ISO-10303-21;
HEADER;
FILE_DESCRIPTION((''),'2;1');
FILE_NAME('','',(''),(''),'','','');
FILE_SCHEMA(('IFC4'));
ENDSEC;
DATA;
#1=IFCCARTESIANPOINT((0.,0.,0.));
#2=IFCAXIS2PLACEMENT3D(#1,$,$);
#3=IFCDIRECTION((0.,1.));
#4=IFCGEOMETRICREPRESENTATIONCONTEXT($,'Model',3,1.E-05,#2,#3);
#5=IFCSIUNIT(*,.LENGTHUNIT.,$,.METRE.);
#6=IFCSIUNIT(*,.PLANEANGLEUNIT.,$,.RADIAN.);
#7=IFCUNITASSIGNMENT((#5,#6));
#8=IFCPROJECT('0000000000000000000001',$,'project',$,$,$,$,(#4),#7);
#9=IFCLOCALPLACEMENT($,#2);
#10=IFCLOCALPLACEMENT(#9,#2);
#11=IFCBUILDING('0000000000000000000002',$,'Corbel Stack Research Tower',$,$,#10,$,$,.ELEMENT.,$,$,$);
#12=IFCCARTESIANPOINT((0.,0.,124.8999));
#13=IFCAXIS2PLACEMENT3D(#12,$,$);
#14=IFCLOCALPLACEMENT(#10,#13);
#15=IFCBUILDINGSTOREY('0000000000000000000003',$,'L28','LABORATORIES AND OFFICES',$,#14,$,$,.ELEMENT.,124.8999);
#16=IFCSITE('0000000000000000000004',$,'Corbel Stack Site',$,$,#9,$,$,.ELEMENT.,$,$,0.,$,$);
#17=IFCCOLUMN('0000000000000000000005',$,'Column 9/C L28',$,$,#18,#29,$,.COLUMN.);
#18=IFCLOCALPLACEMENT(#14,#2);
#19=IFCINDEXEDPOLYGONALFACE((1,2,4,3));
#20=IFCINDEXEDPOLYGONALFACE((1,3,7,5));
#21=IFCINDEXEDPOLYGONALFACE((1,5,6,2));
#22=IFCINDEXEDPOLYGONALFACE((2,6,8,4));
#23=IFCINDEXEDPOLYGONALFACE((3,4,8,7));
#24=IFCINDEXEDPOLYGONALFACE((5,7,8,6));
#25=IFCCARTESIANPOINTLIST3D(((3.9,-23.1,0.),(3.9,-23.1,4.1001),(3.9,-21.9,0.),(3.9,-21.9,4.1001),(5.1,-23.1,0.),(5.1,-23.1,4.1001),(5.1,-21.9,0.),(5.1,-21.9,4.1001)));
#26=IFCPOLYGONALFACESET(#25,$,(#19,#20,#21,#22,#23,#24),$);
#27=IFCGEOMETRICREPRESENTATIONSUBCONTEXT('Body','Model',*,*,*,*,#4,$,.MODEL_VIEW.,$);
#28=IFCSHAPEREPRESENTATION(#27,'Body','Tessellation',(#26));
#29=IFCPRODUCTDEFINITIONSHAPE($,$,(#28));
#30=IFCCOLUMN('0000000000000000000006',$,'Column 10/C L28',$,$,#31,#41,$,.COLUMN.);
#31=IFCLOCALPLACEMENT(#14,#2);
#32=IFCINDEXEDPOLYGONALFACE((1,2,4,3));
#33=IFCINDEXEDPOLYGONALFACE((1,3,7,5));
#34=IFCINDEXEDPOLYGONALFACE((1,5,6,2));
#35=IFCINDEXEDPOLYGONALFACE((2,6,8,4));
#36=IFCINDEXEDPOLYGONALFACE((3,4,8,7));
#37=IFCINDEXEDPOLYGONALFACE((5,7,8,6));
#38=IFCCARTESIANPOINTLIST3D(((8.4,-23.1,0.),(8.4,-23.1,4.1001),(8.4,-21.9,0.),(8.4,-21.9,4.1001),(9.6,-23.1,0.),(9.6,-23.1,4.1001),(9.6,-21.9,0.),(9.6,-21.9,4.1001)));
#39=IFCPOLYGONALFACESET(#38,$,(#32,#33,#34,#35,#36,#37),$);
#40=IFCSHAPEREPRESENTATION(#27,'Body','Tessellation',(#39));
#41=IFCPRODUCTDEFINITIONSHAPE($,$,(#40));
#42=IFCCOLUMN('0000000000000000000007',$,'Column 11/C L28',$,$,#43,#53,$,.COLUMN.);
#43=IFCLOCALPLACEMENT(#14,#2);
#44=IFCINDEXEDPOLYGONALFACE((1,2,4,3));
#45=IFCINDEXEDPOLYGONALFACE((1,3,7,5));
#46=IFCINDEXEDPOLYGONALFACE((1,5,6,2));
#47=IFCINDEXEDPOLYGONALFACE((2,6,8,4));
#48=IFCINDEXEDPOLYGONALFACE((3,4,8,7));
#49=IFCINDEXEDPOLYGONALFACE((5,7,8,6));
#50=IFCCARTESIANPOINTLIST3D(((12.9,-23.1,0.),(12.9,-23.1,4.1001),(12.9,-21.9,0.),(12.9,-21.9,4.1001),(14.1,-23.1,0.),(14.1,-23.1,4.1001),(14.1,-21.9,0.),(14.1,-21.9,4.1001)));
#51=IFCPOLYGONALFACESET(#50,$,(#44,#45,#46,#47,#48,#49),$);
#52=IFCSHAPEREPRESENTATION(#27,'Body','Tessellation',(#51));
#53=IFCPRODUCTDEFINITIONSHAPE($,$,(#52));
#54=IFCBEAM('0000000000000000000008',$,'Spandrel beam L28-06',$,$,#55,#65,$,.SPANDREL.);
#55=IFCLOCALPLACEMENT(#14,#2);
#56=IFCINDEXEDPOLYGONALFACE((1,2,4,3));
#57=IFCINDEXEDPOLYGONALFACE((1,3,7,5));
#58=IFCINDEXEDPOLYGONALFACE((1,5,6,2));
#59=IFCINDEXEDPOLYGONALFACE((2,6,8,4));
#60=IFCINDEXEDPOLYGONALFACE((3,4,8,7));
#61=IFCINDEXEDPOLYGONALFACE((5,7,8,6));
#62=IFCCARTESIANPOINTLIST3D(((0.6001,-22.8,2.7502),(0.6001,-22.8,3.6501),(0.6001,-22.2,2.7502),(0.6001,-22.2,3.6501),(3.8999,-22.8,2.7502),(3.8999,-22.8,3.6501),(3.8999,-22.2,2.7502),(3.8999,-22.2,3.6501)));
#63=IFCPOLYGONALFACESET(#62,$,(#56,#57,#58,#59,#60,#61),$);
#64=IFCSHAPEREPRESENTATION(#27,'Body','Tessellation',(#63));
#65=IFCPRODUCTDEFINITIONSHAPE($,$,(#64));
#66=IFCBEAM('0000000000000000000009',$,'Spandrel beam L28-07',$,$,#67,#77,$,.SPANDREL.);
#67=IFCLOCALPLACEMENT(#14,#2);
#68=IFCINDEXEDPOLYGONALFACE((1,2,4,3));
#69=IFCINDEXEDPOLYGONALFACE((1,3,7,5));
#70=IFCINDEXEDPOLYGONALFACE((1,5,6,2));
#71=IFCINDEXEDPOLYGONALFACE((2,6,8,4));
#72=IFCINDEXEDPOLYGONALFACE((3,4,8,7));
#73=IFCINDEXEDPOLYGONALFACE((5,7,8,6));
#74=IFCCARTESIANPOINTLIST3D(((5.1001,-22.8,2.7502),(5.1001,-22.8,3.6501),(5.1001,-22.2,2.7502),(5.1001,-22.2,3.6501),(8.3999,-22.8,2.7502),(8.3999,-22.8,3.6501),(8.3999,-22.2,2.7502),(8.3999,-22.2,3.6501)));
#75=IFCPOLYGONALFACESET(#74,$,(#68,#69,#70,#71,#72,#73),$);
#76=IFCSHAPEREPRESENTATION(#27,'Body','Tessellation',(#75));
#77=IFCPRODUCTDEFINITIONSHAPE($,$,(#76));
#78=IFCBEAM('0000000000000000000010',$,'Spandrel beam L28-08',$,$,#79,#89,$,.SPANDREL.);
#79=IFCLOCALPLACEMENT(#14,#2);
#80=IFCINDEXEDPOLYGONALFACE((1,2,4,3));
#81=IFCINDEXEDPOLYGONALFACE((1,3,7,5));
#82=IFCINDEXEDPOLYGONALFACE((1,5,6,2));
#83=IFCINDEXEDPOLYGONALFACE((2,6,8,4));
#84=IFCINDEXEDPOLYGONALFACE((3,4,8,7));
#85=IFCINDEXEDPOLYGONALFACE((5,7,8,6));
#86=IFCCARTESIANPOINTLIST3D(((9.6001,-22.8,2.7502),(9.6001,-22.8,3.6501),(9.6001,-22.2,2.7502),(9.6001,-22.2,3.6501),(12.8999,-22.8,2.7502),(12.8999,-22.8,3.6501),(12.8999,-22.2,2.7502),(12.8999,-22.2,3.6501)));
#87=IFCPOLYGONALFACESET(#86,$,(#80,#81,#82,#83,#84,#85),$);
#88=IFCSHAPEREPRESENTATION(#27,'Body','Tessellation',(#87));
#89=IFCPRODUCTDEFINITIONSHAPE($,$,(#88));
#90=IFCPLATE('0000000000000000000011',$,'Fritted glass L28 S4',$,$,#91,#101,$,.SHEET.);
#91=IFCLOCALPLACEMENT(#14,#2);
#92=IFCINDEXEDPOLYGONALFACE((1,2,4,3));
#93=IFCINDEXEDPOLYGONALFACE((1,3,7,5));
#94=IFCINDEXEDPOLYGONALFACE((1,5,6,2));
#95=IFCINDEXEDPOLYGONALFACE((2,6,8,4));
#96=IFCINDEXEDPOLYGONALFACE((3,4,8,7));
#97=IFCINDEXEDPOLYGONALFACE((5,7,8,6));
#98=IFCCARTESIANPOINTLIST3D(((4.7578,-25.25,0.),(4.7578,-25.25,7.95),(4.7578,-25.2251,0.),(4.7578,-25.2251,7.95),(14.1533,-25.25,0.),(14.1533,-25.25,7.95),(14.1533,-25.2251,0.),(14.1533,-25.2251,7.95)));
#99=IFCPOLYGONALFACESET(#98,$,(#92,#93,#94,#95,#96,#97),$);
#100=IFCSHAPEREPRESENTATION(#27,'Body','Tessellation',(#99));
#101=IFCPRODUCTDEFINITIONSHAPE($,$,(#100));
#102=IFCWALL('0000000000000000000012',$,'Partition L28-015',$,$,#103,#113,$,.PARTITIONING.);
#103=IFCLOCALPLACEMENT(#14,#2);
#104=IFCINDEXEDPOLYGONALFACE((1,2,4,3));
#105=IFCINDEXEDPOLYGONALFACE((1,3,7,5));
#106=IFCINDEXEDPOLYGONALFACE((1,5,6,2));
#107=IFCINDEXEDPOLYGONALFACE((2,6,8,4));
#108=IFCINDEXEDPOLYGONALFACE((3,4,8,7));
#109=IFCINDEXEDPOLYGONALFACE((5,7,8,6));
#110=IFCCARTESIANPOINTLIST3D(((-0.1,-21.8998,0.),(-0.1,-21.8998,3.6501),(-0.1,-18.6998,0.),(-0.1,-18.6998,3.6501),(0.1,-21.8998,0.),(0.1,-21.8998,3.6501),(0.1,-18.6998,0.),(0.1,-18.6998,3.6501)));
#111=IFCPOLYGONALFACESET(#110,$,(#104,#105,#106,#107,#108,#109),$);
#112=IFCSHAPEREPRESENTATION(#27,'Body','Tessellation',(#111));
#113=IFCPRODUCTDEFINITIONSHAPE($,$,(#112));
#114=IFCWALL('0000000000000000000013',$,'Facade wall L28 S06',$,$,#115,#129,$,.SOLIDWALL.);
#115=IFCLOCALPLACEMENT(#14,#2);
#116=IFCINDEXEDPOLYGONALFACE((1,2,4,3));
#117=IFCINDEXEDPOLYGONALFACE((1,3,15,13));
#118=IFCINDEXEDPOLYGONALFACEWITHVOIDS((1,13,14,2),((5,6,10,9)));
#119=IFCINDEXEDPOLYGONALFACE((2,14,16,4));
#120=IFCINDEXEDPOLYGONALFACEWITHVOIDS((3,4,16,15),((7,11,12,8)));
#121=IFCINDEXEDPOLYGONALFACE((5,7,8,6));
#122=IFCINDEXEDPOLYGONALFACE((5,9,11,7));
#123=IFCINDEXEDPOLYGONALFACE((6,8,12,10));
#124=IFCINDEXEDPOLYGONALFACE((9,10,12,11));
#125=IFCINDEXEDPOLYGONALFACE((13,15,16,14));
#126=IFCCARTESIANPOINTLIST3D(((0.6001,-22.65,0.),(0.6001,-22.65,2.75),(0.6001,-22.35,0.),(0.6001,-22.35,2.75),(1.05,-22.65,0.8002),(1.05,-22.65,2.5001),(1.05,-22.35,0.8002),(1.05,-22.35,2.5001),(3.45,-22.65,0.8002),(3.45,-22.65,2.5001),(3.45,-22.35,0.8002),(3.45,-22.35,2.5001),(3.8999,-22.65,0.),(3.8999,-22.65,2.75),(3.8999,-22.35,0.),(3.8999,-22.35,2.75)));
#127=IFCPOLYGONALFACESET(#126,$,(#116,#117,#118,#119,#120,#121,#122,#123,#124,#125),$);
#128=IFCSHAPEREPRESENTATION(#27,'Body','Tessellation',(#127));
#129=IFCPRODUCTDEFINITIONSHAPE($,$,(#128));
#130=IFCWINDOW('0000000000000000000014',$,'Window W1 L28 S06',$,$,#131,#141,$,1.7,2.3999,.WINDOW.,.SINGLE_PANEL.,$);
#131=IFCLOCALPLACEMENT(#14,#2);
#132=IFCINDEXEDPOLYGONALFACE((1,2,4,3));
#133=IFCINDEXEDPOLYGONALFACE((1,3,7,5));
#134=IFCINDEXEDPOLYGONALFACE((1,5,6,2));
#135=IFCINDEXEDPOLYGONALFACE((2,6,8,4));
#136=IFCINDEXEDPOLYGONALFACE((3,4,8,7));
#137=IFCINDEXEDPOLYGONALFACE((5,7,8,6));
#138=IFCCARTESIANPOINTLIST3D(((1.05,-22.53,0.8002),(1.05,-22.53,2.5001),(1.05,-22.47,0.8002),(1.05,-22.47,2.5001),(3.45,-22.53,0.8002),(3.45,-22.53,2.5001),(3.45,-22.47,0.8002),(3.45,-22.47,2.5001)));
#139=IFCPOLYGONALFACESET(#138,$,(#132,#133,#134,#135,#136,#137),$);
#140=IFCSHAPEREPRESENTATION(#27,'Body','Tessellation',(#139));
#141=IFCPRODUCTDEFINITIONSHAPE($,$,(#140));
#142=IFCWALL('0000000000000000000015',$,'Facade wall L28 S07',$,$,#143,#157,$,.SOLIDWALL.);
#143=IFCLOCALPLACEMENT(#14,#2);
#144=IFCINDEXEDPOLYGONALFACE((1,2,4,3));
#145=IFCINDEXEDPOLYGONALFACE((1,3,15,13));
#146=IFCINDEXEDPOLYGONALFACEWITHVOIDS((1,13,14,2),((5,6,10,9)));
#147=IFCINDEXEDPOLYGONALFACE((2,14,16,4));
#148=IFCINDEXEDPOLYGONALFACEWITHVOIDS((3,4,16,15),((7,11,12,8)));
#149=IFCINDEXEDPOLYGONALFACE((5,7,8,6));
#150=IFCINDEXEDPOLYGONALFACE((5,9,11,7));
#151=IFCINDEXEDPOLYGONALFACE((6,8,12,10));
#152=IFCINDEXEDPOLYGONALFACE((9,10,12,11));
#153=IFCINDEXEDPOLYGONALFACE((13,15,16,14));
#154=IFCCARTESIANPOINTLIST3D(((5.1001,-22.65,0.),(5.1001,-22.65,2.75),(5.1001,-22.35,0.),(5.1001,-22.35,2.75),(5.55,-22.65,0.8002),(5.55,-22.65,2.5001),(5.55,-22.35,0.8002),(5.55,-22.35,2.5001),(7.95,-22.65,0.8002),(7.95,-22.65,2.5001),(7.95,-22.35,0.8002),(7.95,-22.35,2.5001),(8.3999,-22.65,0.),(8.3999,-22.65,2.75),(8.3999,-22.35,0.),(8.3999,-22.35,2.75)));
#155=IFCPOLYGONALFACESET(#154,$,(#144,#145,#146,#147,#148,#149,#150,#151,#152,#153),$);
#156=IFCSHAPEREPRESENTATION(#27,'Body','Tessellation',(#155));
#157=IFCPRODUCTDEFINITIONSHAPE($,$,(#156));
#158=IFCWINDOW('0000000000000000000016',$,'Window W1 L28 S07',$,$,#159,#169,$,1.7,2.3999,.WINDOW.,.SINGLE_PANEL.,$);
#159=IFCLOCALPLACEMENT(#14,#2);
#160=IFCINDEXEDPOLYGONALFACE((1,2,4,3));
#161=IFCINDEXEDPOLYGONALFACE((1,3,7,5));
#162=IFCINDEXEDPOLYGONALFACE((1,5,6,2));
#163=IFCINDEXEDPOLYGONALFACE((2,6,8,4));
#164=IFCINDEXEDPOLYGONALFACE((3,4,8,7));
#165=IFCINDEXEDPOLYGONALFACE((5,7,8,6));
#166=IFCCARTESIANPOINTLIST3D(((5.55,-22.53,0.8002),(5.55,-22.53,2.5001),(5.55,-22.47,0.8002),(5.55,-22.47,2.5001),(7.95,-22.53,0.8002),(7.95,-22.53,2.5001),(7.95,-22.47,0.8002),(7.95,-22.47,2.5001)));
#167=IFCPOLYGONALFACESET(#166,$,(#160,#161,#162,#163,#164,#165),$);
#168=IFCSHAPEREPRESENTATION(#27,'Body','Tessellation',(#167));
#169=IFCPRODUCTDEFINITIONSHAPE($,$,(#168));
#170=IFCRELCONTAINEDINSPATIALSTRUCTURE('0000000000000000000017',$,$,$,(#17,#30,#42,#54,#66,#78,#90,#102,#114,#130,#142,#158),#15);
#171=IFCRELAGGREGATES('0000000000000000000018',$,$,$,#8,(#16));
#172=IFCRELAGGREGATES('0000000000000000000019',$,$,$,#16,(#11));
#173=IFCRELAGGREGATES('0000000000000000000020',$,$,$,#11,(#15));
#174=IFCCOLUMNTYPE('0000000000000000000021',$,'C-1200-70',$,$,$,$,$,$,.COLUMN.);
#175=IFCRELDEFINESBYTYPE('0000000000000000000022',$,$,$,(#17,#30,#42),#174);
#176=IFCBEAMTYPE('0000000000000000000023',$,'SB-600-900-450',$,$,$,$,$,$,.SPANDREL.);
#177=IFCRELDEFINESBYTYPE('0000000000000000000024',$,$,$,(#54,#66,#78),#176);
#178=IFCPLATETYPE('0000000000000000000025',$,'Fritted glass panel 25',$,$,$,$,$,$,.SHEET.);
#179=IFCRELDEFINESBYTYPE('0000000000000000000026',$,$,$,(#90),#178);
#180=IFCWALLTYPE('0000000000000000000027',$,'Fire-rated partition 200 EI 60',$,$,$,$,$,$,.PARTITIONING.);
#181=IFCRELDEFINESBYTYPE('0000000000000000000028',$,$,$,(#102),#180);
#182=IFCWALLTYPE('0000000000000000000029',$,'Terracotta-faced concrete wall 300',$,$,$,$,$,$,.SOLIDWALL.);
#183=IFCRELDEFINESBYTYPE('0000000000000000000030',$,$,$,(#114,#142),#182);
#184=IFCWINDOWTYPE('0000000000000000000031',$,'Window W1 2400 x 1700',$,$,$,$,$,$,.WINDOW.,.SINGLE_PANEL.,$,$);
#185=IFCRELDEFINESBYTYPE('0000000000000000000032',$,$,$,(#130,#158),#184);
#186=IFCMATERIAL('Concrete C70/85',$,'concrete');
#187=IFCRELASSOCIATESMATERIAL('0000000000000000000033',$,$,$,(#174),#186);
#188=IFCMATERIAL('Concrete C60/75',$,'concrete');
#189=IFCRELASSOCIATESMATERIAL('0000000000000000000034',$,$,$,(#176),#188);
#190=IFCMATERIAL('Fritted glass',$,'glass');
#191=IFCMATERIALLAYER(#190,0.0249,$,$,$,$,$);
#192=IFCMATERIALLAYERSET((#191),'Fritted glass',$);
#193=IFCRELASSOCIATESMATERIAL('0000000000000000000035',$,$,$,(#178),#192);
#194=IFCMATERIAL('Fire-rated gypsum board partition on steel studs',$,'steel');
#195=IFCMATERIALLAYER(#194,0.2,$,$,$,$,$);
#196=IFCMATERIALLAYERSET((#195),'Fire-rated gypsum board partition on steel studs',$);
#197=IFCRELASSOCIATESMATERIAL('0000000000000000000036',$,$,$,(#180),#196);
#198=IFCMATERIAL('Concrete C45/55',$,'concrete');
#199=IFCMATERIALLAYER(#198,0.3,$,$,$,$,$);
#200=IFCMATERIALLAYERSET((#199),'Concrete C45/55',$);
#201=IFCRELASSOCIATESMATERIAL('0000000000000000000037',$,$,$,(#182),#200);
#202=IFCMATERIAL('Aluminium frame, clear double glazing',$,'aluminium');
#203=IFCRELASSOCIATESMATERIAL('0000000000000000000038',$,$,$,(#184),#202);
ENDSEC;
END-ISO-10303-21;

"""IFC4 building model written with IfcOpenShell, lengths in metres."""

from ifc_helpers import new_model, si_unit, direction, frame, frame_2d, origin, origin_2d, place, context, subcontext, project, spatial, rectangle, extrude, material, layer, layer_set, material_profile, profile_set, type_object, element, fill, save


model = new_model("IFC4")

# Units and contexts
model_context = context("Model", 3, precision=1e-05, world=origin(), true_north=direction((0.0, 1.0)))
body_context = subcontext(model_context, "Body", "Model", "MODEL_VIEW")
ifc_project = project(units=[si_unit("LENGTHUNIT", "METRE"), si_unit("PLANEANGLEUNIT", "RADIAN")], contexts=[model_context])

# Site, building, storey
site_placement = place(None, origin())
site = spatial("IfcSite", under=ifc_project, at=site_placement, Name="Corbel Stack Site", CompositionType="ELEMENT", RefElevation=0.0)
building_placement = place(site_placement, origin())
building = spatial("IfcBuilding", under=site, at=building_placement, Name="Corbel Stack Research Tower", CompositionType="ELEMENT")
storey_placement = place(building_placement, frame((0.0, 0.0, 124.8999)))
storey = spatial("IfcBuildingStorey", under=building, at=storey_placement, Name="L28", Description="LABORATORIES AND OFFICES", CompositionType="ELEMENT", Elevation=124.8999)

# Columns
ifc_material_1 = material(Name="Concrete C70/85", Category="concrete")
ifc_material_profile_1 = material_profile(ifc_material_1, rectangle(XDim=1.2, YDim=1.2, at=origin_2d()), Name="RC 1200 x 1200")
ifc_profile_set_1 = profile_set([ifc_material_profile_1], Name="Concrete C70/85")
column_type = type_object("IfcColumnType", Name="C-1200-70", PredefinedType="COLUMN", material=ifc_profile_set_1)
for number, where, z_axis, x_axis, name in (
    (1, (4.5, -22.5, 0.0), (0.0, 0.0, 1.0), (1.0, 0.0, 0.0), "Column 9/C L28"),
    (2, (9.0, -22.5, 0.0), (0.0, 0.0, 1.0), (1.0, 0.0, 0.0), "Column 10/C L28"),
    (3, (13.5, -22.5, 0.0), (0.0, 0.0, 1.0), (1.0, 0.0, 0.0), "Column 11/C L28"),
):
    element("IfcColumn", number, at=place(storey_placement, frame(where, z_axis=z_axis, x_axis=x_axis)), inside=storey, type_object=column_type, Name=name, PredefinedType="COLUMN", context=body_context, shape_type="SweptSolid", body=[
        extrude(rectangle(XDim=1.2, YDim=1.2, at=origin_2d()), origin(), (0.0, 0.0, 1.0), 4.1001),
    ])

# Beams
ifc_material_2 = material(Name="Concrete C60/75", Category="concrete")
ifc_material_profile_2 = material_profile(ifc_material_2, rectangle(XDim=0.6001, YDim=0.8999, at=origin_2d()), Name="RC 600 x 900")
ifc_profile_set_2 = profile_set([ifc_material_profile_2], Name="Concrete C60/75")
beam_type = type_object("IfcBeamType", Name="SB-600-900-450", PredefinedType="SPANDREL", material=ifc_profile_set_2)
for number, where, z_axis, x_axis, name in (
    (4, (0.6001, -22.5, 3.2002), (1.0, 0.0, 0.0), (0.0, 1.0, 0.0), "Spandrel beam L28-06"),
    (5, (5.1001, -22.5, 3.2002), (1.0, 0.0, 0.0), (0.0, 1.0, 0.0), "Spandrel beam L28-07"),
    (6, (9.6001, -22.5, 3.2002), (1.0, 0.0, 0.0), (0.0, 1.0, 0.0), "Spandrel beam L28-08"),
):
    element("IfcBeam", number, at=place(storey_placement, frame(where, z_axis=z_axis, x_axis=x_axis)), inside=storey, type_object=beam_type, Name=name, PredefinedType="SPANDREL", context=body_context, shape_type="SweptSolid", body=[
        extrude(rectangle(XDim=0.6001, YDim=0.8999, at=origin_2d()), origin(), (0.0, 0.0, 1.0), 3.2998),
    ])

# Plate
ifc_material_3 = material(Name="Fritted glass", Category="glass")
ifc_layer_1 = layer(ifc_material_3, 0.0249)
ifc_layer_set_1 = layer_set([ifc_layer_1], Name="Fritted glass")
plate_type = type_object("IfcPlateType", Name="Fritted glass panel 25", PredefinedType="SHEET", material=ifc_layer_set_1)
plate_placement = place(storey_placement, frame((9.4556, -25.2375, 0.0), z_axis=(0.0, 0.0, 1.0), x_axis=(1.0, 0.0, 0.0)))
element("IfcPlate", 7, at=plate_placement, inside=storey, type_object=plate_type, Name="Fritted glass L28 S4", PredefinedType="SHEET", context=body_context, shape_type="SweptSolid", body=[
    extrude(rectangle(XDim=9.3955, YDim=0.0249, at=origin_2d()), origin(), (0.0, 0.0, 1.0), 7.95),
])

# Wall
ifc_material_4 = material(Name="Fire-rated gypsum board partition on steel studs", Category="steel")
ifc_layer_2 = layer(ifc_material_4, 0.2)
ifc_layer_set_2 = layer_set([ifc_layer_2], Name="Fire-rated gypsum board partition on steel studs")
wall_type_1 = type_object("IfcWallType", Name="Fire-rated partition 200 EI 60", PredefinedType="PARTITIONING", material=ifc_layer_set_2)
wall_1_placement = place(storey_placement, frame((0.0, -21.8999, 0.0), z_axis=(0.0, 0.0, 1.0), x_axis=(0.0, 1.0, 0.0)))
element("IfcWall", 8, at=wall_1_placement, inside=storey, type_object=wall_type_1, Name="Partition L28-015", PredefinedType="PARTITIONING", context=body_context, shape_type="SweptSolid", body=[
    extrude(rectangle(XDim=3.2, YDim=0.2, at=frame_2d((1.6001, 0.0))), origin(), (0.0, 0.0, 1.0), 3.6501),
])

# Walls, openings, windows
ifc_material_5 = material(Name="Concrete C45/55", Category="concrete")
ifc_layer_3 = layer(ifc_material_5, 0.3)
ifc_layer_set_3 = layer_set([ifc_layer_3], Name="Concrete C45/55")
wall_type_2 = type_object("IfcWallType", Name="Terracotta-faced concrete wall 300", PredefinedType="SOLIDWALL", material=ifc_layer_set_3)
wall_2_placement = place(storey_placement, frame((3.8999, -22.5, 0.0), z_axis=(0.0, 0.0, 1.0), x_axis=(-1.0, 0.0, 0.0)))
wall_2 = element("IfcWall", 9, at=wall_2_placement, inside=storey, type_object=wall_type_2, Name="Facade wall L28 S06", PredefinedType="SOLIDWALL", context=body_context, shape_type="SweptSolid", body=[
    extrude(rectangle(XDim=3.2998, YDim=0.3, at=frame_2d((1.6499, 0.0))), origin(), (0.0, 0.0, 1.0), 2.75),
])
opening_1_placement = place(wall_2_placement, frame((0.45, 0.0, 0.8)))
opening_1 = element("IfcOpeningElement", 10, at=opening_1_placement, cuts=wall_2, PredefinedType="OPENING", context=body_context, shape_type="SweptSolid", body=[
    extrude(rectangle(XDim=2.3999, YDim=1.7, at=frame_2d((1.2, 0.8501))), frame((0.0, 0.1599, 0.0), z_axis=(0.0, -1.0, 0.0), x_axis=(1.0, 0.0, 0.0)), (0.0, 0.0, 1.0), 0.3201),
])
ifc_material_6 = material(Name="Aluminium frame, clear double glazing", Category="aluminium")
window_type = type_object("IfcWindowType", Name="Window W1 2400 x 1700", PartitioningType="SINGLE_PANEL", PredefinedType="WINDOW", material=ifc_material_6)
window_1_placement = place(opening_1_placement, origin())
window_1 = element("IfcWindow", 11, at=window_1_placement, inside=storey, type_object=window_type, Name="Window W1 L28 S06", OverallHeight=1.7, OverallWidth=2.3999, PartitioningType="SINGLE_PANEL", PredefinedType="WINDOW", context=body_context, shape_type="SweptSolid", body=[
    extrude(rectangle(XDim=2.3999, YDim=1.7, at=frame_2d((1.2, 0.8501))), frame((0.0, 0.03, 0.0), z_axis=(0.0, -1.0, 0.0), x_axis=(1.0, 0.0, 0.0)), (0.0, 0.0, 1.0), 0.0601),
])
fill(opening_1, window_1)
wall_3_placement = place(storey_placement, frame((8.3999, -22.5, 0.0), z_axis=(0.0, 0.0, 1.0), x_axis=(-1.0, 0.0, 0.0)))
wall_3 = element("IfcWall", 12, at=wall_3_placement, inside=storey, type_object=wall_type_2, Name="Facade wall L28 S07", PredefinedType="SOLIDWALL", context=body_context, shape_type="SweptSolid", body=[
    extrude(rectangle(XDim=3.2998, YDim=0.3, at=frame_2d((1.6499, 0.0))), origin(), (0.0, 0.0, 1.0), 2.75),
])
opening_2_placement = place(wall_3_placement, frame((0.45, 0.0, 0.8)))
opening_2 = element("IfcOpeningElement", 13, at=opening_2_placement, cuts=wall_3, PredefinedType="OPENING", context=body_context, shape_type="SweptSolid", body=[
    extrude(rectangle(XDim=2.3999, YDim=1.7, at=frame_2d((1.2, 0.8501))), frame((0.0, 0.1599, 0.0), z_axis=(0.0, -1.0, 0.0), x_axis=(1.0, 0.0, 0.0)), (0.0, 0.0, 1.0), 0.3201),
])
window_2_placement = place(opening_2_placement, origin())
window_2 = element("IfcWindow", 14, at=window_2_placement, inside=storey, type_object=window_type, Name="Window W1 L28 S07", OverallHeight=1.7, OverallWidth=2.3999, PartitioningType="SINGLE_PANEL", PredefinedType="WINDOW", context=body_context, shape_type="SweptSolid", body=[
    extrude(rectangle(XDim=2.3999, YDim=1.7, at=frame_2d((1.2, 0.8501))), frame((0.0, 0.03, 0.0), z_axis=(0.0, -1.0, 0.0), x_axis=(1.0, 0.0, 0.0)), (0.0, 0.0, 1.0), 0.0601),
])
fill(opening_2, window_2)

save(model, "model.ifc")
